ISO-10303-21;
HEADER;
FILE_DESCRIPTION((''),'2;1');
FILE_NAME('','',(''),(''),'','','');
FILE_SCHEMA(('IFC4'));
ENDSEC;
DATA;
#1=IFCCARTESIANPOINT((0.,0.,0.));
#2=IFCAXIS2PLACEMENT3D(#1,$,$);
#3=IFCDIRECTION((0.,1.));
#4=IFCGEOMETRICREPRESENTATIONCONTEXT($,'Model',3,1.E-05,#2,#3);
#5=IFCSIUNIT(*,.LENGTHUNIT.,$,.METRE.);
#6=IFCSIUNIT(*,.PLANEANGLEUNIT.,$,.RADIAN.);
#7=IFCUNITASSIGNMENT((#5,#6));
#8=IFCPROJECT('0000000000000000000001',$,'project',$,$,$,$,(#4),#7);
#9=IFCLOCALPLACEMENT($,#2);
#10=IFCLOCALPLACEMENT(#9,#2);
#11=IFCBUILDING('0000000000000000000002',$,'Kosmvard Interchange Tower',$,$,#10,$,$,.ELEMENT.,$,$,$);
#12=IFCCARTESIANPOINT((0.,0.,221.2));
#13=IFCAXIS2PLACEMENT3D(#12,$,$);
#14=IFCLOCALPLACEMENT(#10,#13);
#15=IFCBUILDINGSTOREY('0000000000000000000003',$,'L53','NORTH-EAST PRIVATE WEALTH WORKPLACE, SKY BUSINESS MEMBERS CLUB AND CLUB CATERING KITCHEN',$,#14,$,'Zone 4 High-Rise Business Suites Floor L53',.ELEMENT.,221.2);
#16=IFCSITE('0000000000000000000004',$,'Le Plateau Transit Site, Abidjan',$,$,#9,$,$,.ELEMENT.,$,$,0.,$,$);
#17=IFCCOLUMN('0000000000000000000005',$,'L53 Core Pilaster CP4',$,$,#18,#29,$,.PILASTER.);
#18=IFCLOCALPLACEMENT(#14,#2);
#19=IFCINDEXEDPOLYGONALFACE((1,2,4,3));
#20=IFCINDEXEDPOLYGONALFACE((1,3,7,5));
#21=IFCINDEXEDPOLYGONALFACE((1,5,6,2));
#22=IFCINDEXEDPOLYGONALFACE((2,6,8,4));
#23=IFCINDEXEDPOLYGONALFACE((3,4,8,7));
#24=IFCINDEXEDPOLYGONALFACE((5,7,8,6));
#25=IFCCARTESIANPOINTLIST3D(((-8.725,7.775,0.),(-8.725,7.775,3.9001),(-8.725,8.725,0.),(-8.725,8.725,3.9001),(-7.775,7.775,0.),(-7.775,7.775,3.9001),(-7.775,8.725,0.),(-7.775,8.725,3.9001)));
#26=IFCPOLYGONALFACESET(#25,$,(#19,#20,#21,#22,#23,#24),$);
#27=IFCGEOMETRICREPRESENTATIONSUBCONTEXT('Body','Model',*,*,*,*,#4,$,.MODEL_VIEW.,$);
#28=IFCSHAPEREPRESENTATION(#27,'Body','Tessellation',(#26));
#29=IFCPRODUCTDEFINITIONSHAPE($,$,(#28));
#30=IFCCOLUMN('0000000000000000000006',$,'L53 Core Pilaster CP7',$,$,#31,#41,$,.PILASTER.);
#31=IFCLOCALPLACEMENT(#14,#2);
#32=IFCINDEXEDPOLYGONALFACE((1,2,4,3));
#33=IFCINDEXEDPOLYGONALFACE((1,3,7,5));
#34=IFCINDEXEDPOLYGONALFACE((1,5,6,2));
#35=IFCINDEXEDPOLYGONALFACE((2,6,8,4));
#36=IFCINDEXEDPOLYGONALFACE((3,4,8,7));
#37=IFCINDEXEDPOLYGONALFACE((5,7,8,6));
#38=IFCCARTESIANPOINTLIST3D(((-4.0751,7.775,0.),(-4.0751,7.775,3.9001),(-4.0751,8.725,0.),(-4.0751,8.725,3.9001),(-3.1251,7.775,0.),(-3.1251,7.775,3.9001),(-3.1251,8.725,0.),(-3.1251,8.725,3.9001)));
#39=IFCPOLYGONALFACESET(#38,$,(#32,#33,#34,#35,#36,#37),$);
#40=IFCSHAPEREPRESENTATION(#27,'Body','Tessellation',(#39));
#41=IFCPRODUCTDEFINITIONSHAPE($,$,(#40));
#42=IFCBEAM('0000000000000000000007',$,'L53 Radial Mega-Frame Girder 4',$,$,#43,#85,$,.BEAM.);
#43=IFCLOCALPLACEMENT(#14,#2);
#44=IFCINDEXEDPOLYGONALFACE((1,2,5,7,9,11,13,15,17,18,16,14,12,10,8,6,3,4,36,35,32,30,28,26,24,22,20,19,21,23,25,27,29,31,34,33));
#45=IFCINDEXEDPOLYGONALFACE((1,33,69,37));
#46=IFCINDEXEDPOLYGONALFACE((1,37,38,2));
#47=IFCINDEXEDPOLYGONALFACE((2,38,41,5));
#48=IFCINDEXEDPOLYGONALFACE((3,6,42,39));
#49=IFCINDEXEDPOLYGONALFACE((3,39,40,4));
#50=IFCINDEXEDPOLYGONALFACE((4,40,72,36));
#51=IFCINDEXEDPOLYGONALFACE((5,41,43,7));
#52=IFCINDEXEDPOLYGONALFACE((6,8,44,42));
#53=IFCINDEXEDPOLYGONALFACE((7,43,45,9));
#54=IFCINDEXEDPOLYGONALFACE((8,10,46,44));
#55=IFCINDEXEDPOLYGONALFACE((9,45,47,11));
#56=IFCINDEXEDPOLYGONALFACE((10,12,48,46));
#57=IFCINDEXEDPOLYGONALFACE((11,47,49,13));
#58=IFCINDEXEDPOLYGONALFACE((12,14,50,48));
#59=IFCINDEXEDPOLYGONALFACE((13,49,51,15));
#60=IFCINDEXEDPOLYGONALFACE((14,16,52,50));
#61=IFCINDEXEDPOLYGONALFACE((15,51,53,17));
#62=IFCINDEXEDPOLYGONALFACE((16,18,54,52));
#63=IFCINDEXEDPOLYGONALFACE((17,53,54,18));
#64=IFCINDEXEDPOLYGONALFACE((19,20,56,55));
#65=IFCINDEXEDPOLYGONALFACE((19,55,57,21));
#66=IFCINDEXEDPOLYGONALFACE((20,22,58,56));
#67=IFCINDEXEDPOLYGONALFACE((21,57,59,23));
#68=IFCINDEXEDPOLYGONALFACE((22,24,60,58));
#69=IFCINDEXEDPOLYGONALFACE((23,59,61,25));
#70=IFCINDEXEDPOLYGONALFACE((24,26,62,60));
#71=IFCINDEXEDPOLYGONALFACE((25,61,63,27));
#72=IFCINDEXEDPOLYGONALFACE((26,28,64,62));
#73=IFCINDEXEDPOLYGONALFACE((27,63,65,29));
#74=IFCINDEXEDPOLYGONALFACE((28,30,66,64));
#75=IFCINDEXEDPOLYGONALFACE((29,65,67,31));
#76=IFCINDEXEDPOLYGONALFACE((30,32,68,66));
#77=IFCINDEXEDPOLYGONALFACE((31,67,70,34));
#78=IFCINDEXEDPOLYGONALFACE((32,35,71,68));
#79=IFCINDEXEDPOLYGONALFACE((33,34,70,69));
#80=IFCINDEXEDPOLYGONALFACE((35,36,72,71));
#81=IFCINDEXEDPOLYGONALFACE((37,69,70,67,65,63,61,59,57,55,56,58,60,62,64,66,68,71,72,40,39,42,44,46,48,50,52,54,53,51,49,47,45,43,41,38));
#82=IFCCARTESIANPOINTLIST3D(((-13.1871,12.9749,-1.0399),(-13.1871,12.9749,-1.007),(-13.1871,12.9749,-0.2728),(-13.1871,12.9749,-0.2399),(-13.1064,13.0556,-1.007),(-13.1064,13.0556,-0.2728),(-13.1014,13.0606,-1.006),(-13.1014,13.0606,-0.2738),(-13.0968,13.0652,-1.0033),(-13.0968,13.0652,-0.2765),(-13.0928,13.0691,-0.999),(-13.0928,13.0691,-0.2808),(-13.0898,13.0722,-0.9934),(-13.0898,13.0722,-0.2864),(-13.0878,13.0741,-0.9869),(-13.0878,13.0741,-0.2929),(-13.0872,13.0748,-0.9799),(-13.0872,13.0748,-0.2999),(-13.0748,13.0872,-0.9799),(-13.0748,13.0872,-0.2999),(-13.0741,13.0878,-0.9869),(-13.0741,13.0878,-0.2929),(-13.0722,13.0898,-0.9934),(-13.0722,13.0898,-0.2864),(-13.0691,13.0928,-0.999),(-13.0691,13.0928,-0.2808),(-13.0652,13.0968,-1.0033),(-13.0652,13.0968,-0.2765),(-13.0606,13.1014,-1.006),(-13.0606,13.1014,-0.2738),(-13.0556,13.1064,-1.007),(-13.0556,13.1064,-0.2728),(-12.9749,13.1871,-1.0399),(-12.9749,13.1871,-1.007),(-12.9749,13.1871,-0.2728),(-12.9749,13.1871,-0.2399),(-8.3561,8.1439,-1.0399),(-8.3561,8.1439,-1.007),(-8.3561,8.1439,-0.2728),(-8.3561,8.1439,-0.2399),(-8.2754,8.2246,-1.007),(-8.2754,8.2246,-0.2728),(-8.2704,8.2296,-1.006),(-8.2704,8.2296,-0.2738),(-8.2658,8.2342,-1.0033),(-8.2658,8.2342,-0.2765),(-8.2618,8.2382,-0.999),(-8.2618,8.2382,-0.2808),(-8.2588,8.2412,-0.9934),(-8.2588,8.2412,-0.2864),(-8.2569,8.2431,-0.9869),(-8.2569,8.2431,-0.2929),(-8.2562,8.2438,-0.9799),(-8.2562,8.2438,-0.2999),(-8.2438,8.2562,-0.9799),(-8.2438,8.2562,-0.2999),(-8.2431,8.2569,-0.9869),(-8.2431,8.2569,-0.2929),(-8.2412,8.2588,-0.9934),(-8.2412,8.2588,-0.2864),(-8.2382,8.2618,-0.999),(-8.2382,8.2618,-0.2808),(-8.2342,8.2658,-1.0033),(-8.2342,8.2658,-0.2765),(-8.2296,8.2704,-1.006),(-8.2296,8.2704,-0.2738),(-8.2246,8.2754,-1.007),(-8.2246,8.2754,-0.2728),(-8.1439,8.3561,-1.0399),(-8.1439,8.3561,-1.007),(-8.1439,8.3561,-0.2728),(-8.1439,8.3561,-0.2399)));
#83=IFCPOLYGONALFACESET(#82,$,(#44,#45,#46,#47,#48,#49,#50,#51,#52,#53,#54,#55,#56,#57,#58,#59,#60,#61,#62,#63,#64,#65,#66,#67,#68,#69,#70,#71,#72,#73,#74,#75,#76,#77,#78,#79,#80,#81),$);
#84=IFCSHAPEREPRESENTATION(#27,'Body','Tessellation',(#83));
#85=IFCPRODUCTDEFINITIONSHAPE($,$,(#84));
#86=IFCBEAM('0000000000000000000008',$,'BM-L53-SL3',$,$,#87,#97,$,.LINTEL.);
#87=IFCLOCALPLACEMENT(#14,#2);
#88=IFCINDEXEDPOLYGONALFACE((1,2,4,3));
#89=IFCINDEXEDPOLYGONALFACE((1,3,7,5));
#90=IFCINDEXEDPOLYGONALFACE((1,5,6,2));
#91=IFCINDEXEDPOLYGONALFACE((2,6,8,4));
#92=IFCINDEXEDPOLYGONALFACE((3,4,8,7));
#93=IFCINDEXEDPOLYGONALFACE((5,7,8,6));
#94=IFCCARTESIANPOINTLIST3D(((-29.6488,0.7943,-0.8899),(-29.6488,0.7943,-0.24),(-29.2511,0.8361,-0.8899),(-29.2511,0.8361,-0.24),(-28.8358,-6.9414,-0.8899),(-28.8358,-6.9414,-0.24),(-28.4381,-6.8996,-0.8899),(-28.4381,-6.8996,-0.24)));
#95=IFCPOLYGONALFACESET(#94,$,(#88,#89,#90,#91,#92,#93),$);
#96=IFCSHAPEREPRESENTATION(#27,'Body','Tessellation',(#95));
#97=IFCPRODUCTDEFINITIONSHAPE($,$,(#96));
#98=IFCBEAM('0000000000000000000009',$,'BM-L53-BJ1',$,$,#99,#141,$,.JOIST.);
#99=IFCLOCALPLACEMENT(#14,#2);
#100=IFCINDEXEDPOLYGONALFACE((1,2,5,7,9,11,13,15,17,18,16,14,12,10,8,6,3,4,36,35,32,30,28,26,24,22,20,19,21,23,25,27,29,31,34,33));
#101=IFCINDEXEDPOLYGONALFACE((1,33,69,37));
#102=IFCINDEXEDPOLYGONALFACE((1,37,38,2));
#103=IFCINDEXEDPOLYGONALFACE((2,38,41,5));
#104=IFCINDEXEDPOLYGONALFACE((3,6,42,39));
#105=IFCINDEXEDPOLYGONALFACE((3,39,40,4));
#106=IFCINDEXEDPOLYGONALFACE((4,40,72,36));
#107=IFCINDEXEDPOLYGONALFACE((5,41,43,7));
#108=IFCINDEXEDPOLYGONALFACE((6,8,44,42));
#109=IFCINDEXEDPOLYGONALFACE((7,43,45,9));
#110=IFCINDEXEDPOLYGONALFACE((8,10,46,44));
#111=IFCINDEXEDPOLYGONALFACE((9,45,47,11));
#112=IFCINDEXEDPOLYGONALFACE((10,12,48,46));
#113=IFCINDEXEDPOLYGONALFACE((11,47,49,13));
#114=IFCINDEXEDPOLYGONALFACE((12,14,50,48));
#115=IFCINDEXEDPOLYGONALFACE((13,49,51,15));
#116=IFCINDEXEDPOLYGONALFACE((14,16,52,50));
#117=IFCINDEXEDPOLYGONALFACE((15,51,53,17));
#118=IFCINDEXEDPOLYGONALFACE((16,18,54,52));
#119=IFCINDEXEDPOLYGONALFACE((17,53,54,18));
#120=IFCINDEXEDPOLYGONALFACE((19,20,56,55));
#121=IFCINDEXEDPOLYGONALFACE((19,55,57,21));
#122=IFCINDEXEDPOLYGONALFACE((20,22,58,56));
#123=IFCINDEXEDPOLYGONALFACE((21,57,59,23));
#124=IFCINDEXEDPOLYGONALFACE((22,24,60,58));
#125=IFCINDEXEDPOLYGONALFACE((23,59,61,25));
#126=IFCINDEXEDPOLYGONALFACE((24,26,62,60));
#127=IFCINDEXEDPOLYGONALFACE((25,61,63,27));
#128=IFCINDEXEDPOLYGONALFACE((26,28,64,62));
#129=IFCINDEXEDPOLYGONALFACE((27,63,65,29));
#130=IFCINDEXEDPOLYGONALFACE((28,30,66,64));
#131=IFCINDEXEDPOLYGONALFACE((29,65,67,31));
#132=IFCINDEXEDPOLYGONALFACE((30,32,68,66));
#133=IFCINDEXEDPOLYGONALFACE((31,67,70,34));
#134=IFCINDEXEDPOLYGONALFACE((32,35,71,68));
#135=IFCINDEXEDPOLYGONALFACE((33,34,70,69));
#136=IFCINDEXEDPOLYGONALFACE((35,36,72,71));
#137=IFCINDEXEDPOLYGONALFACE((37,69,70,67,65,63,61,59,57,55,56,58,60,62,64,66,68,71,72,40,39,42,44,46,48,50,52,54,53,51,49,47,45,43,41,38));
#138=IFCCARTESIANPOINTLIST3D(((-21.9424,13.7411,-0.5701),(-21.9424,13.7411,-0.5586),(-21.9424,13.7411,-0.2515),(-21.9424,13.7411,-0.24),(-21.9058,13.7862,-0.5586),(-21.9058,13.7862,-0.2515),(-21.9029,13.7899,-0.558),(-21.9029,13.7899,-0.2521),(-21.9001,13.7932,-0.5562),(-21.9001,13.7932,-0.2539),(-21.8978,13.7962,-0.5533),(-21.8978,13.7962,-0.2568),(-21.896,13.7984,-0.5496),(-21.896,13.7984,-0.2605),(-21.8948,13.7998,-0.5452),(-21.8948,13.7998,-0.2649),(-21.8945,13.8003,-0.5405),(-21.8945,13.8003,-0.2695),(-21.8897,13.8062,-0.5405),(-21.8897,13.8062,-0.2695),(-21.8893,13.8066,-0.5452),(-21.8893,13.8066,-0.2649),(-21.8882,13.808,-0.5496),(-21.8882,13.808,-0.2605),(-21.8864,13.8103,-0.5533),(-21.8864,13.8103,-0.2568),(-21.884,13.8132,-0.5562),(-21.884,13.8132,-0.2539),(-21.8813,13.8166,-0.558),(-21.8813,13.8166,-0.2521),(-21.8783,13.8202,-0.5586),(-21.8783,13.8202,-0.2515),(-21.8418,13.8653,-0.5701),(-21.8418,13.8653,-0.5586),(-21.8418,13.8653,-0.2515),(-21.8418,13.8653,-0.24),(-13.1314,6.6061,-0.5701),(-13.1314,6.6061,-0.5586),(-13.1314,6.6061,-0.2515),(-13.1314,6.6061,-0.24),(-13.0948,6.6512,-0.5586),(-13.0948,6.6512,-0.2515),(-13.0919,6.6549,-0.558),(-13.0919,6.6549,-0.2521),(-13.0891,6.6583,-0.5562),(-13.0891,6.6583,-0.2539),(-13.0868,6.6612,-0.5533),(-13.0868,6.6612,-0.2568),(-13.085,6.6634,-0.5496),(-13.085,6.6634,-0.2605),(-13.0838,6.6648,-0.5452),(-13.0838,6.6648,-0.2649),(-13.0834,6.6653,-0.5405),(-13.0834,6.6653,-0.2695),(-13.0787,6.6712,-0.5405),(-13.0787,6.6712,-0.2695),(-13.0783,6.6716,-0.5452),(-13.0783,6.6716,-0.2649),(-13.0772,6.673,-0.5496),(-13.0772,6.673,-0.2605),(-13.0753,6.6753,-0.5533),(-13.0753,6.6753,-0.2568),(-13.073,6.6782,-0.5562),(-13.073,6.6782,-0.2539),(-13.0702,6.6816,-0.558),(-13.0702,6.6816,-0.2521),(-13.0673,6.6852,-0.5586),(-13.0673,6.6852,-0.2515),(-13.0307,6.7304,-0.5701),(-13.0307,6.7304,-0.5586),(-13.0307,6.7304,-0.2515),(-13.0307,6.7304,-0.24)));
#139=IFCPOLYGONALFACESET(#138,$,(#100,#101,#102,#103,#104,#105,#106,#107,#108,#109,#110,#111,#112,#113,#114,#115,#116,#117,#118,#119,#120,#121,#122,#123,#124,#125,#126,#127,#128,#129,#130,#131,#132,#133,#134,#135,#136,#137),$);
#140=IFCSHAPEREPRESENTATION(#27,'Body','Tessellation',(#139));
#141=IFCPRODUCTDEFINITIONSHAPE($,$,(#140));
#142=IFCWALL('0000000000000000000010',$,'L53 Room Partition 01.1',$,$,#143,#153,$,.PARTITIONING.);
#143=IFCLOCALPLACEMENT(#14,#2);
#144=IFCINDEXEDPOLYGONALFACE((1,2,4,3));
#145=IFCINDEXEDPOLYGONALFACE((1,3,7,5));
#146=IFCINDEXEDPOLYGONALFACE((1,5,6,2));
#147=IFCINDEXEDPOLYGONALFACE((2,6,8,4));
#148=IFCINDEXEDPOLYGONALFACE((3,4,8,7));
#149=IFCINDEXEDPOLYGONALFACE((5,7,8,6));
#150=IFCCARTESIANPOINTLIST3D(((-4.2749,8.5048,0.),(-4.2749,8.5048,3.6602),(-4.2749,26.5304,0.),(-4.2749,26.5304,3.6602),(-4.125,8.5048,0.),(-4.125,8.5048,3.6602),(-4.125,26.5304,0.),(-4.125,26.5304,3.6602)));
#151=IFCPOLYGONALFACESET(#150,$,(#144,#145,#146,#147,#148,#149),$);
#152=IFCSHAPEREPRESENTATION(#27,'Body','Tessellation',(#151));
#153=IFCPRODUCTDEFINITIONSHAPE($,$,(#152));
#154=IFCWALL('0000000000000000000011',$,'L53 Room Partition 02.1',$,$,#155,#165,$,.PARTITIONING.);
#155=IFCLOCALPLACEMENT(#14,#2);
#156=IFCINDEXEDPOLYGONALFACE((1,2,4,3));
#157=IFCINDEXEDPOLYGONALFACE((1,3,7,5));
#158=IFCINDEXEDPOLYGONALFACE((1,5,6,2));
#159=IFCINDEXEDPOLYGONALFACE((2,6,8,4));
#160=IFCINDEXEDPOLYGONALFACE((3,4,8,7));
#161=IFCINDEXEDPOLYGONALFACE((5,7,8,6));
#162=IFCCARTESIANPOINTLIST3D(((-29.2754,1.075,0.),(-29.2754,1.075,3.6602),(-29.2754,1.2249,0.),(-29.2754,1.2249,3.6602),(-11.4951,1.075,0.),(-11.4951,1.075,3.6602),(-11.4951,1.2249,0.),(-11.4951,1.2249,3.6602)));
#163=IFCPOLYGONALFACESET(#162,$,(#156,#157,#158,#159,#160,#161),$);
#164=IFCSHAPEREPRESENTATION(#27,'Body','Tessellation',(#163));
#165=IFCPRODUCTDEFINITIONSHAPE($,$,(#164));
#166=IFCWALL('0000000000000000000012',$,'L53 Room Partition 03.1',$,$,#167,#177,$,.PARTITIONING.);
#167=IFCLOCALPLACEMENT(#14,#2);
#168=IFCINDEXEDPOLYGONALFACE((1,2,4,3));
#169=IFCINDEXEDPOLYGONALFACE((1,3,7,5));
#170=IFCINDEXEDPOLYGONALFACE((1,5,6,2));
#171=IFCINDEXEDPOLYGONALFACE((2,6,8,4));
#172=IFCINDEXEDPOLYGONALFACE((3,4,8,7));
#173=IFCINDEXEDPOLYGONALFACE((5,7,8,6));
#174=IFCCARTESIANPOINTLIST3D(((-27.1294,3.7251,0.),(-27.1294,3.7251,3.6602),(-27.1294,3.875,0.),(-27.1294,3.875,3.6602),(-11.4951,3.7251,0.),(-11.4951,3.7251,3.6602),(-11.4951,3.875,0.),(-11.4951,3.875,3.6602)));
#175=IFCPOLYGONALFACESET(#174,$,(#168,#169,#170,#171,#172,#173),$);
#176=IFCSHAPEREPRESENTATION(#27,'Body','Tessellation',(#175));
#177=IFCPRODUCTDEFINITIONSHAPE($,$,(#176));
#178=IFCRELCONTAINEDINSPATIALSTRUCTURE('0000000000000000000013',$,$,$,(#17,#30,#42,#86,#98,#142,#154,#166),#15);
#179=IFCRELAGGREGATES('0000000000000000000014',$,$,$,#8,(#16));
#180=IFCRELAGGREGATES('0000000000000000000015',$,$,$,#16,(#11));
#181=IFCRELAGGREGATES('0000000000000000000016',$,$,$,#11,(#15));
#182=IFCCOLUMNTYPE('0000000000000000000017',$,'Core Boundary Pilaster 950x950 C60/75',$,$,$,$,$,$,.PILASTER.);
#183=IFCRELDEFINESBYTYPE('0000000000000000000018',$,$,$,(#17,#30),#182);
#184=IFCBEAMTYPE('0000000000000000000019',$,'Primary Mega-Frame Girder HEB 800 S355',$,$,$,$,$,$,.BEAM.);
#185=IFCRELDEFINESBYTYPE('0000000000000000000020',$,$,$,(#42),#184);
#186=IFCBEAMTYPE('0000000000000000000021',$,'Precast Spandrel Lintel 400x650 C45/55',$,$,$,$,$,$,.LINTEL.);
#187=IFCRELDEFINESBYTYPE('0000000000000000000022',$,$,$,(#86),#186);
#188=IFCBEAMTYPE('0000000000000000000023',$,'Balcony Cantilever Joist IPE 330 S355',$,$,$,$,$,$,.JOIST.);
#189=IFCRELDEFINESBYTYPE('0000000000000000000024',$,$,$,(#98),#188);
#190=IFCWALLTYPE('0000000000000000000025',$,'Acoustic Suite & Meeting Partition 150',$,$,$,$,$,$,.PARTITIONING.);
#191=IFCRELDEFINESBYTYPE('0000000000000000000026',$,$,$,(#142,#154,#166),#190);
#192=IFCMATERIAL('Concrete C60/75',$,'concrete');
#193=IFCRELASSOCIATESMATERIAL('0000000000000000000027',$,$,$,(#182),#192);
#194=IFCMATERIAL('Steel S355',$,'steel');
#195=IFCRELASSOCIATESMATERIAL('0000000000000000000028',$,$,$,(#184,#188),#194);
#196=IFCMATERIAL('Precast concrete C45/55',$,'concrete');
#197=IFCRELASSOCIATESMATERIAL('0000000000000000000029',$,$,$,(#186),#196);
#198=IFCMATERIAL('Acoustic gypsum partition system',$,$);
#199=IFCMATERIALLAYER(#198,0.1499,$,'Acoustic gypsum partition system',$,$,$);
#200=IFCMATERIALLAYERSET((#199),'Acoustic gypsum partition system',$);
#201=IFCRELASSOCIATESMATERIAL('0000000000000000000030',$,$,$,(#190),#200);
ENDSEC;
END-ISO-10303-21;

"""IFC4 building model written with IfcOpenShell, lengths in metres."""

from ifc_helpers import new_model, si_unit, direction, frame, frame_2d, origin, origin_2d, place, context, subcontext, project, spatial, rectangle, i_section, extrude, source, transform, mapped, material, layer, layer_set, material_profile, profile_set, type_object, element, save


model = new_model("IFC4")

# Units and contexts
model_context = context("Model", 3, precision=1e-05, world=origin(), true_north=direction((0.0, 1.0)))
body_context = subcontext(model_context, "Body", "Model", "MODEL_VIEW")
ifc_project = project(units=[si_unit("LENGTHUNIT", "METRE"), si_unit("PLANEANGLEUNIT", "RADIAN")], contexts=[model_context])

# Site, building, storey
site_placement = place(None, origin())
site = spatial("IfcSite", under=ifc_project, at=site_placement, Name="Le Plateau Transit Site, Abidjan", CompositionType="ELEMENT", RefElevation=0.0)
building_placement = place(site_placement, origin())
building = spatial("IfcBuilding", under=site, at=building_placement, Name="Kosmvard Interchange Tower", CompositionType="ELEMENT")
storey_placement = place(building_placement, frame((0.0, 0.0, 221.2)))
storey = spatial("IfcBuildingStorey", under=building, at=storey_placement, Name="L53", Description="NORTH-EAST PRIVATE WEALTH WORKPLACE, SKY BUSINESS MEMBERS CLUB AND CLUB CATERING KITCHEN", LongName="Zone 4 High-Rise Business Suites Floor L53", CompositionType="ELEMENT", Elevation=221.2)

# Columns
ifc_material_1 = material(Name="Concrete C60/75", Category="concrete")
ifc_material_profile_1 = material_profile(ifc_material_1, rectangle(XDim=0.95, YDim=0.95, at=origin_2d()), Name="CP 950x950")
ifc_profile_set_1 = profile_set([ifc_material_profile_1], Name="Concrete C60/75")
column_type = type_object("IfcColumnType", Name="Core Boundary Pilaster 950x950 C60/75", PredefinedType="PILASTER", material=ifc_profile_set_1)
shared_shape_1 = source(origin(), body_context, "Body", "SweptSolid", [
    extrude(rectangle(XDim=0.95, YDim=0.95, at=origin_2d()), origin(), (0.0, 0.0, 1.0), 3.9001),
])
for number, where, z_axis, x_axis, name in (
    (1, (-8.25, 8.25, 0.0), (0.0, 0.0, 1.0), (1.0, 0.0, 0.0), "L53 Core Pilaster CP4"),
    (2, (-3.6001, 8.25, 0.0), (0.0, 0.0, 1.0), (1.0, 0.0, 0.0), "L53 Core Pilaster CP7"),
):
    element("IfcColumn", number, at=place(storey_placement, frame(where, z_axis=z_axis, x_axis=x_axis)), inside=storey, type_object=column_type, Name=name, PredefinedType="PILASTER", context=body_context, shape_type="MappedRepresentation", body=[
        mapped(shared_shape_1, transform((0.0, 0.0, 0.0), scale=1.0)),
    ])

# Beams
ifc_material_2 = material(Name="Steel S355", Category="steel")
ifc_material_profile_2 = material_profile(ifc_material_2, i_section(OverallWidth=0.3, OverallDepth=0.8, WebThickness=0.0176, FlangeThickness=0.033, FilletRadius=0.0271, at=origin_2d()), Name="HEB 800")
ifc_profile_set_2 = profile_set([ifc_material_profile_2], Name="Steel S355")
beam_type_1 = type_object("IfcBeamType", Name="Primary Mega-Frame Girder HEB 800 S355", PredefinedType="BEAM", material=ifc_profile_set_2)
shared_shape_2 = source(origin(), body_context, "Body", "SweptSolid", [
    extrude(i_section(OverallWidth=0.3, OverallDepth=0.8, WebThickness=0.0176, FlangeThickness=0.033, FilletRadius=0.0271, at=origin_2d()), origin(), (0.0, 0.0, 1.0), 6.832),
])
beam_1_placement = place(storey_placement, frame((-8.25, 8.25, -0.6399), z_axis=(-0.707107, 0.707107, 0.0), x_axis=(-0.707107, -0.707107, 0.0)))
element("IfcBeam", 3, at=beam_1_placement, inside=storey, type_object=beam_type_1, Name="L53 Radial Mega-Frame Girder 4", PredefinedType="BEAM", context=body_context, shape_type="MappedRepresentation", body=[
    mapped(shared_shape_2, transform((0.0, 0.0, 0.0), scale=1.0)),
])
ifc_material_3 = material(Name="Precast concrete C45/55", Category="concrete")
ifc_material_profile_3 = material_profile(ifc_material_3, rectangle(XDim=0.3999, YDim=0.6499, at=origin_2d()), Name="SL 400x650")
ifc_profile_set_3 = profile_set([ifc_material_profile_3], Name="Precast concrete C45/55")
beam_type_2 = type_object("IfcBeamType", Name="Precast Spandrel Lintel 400x650 C45/55", PredefinedType="LINTEL", material=ifc_profile_set_3)
shared_shape_3 = source(origin(), body_context, "Body", "SweptSolid", [
    extrude(rectangle(XDim=0.3999, YDim=0.6499, at=origin_2d()), origin(), (0.0, 0.0, 1.0), 7.7783),
])
beam_2_placement = place(storey_placement, frame((-29.45, 0.8152, -0.5649), z_axis=(0.104521, -0.994523, 0.0), x_axis=(0.994523, 0.104521, 0.0)))
element("IfcBeam", 4, at=beam_2_placement, inside=storey, type_object=beam_type_2, Name="BM-L53-SL3", PredefinedType="LINTEL", context=body_context, shape_type="MappedRepresentation", body=[
    mapped(shared_shape_3, transform((0.0, 0.0, 0.0), scale=1.0)),
])
ifc_material_profile_4 = material_profile(ifc_material_2, i_section(OverallWidth=0.1599, OverallDepth=0.3301, WebThickness=0.0076, FlangeThickness=0.0115, FilletRadius=0.0181, at=origin_2d()), Name="IPE 330")
ifc_profile_set_4 = profile_set([ifc_material_profile_4], Name="Steel S355")
beam_type_3 = type_object("IfcBeamType", Name="Balcony Cantilever Joist IPE 330 S355", PredefinedType="JOIST", material=ifc_profile_set_4)
shared_shape_4 = source(origin(), body_context, "Body", "SweptSolid", [
    extrude(i_section(OverallWidth=0.1599, OverallDepth=0.3301, WebThickness=0.0076, FlangeThickness=0.0115, FilletRadius=0.0181, at=origin_2d()), origin(), (0.0, 0.0, 1.0), 11.3376),
])
beam_3_placement = place(storey_placement, frame((-13.0811, 6.6682, -0.405), z_axis=(-0.777147, 0.629319, 0.0), x_axis=(-0.629319, -0.777147, 0.0)))
element("IfcBeam", 5, at=beam_3_placement, inside=storey, type_object=beam_type_3, Name="BM-L53-BJ1", PredefinedType="JOIST", context=body_context, shape_type="MappedRepresentation", body=[
    mapped(shared_shape_4, transform((0.0, 0.0, 0.0), scale=1.0)),
])

# Walls
ifc_material_4 = material(Name="Acoustic gypsum partition system")
ifc_layer_1 = layer(ifc_material_4, 0.1499, Name="Acoustic gypsum partition system")
ifc_layer_set_1 = layer_set([ifc_layer_1], Name="Acoustic gypsum partition system")
wall_type_1 = type_object("IfcWallType", Name="Acoustic Suite & Meeting Partition 150", PredefinedType="PARTITIONING", material=ifc_layer_set_1)
wall_1_placement = place(storey_placement, frame((-4.2, 8.5049, 0.0), z_axis=(0.0, 0.0, 1.0), x_axis=(0.0, 1.0, 0.0)))
element("IfcWall", 6, at=wall_1_placement, inside=storey, type_object=wall_type_1, Name="L53 Room Partition 01.1", PredefinedType="PARTITIONING", context=body_context, shape_type="SweptSolid", body=[
    extrude(rectangle(XDim=18.0256, YDim=0.1499, at=frame_2d((9.0127, 0.0))), origin(), (0.0, 0.0, 1.0), 3.6602),
])
wall_2_placement = place(storey_placement, frame((-29.2754, 1.1499, 0.0), z_axis=(0.0, 0.0, 1.0), x_axis=(1.0, 0.0, 0.0)))
element("IfcWall", 7, at=wall_2_placement, inside=storey, type_object=wall_type_1, Name="L53 Room Partition 02.1", PredefinedType="PARTITIONING", context=body_context, shape_type="SweptSolid", body=[
    extrude(rectangle(XDim=17.7803, YDim=0.1499, at=frame_2d((8.8901, 0.0))), origin(), (0.0, 0.0, 1.0), 3.6602),
])
wall_3_placement = place(storey_placement, frame((-27.1294, 3.8, 0.0), z_axis=(0.0, 0.0, 1.0), x_axis=(1.0, 0.0, 0.0)))
element("IfcWall", 8, at=wall_3_placement, inside=storey, type_object=wall_type_1, Name="L53 Room Partition 03.1", PredefinedType="PARTITIONING", context=body_context, shape_type="SweptSolid", body=[
    extrude(rectangle(XDim=15.6343, YDim=0.1499, at=frame_2d((7.8171, 0.0))), origin(), (0.0, 0.0, 1.0), 3.6602),
])

save(model, "model.ifc")
